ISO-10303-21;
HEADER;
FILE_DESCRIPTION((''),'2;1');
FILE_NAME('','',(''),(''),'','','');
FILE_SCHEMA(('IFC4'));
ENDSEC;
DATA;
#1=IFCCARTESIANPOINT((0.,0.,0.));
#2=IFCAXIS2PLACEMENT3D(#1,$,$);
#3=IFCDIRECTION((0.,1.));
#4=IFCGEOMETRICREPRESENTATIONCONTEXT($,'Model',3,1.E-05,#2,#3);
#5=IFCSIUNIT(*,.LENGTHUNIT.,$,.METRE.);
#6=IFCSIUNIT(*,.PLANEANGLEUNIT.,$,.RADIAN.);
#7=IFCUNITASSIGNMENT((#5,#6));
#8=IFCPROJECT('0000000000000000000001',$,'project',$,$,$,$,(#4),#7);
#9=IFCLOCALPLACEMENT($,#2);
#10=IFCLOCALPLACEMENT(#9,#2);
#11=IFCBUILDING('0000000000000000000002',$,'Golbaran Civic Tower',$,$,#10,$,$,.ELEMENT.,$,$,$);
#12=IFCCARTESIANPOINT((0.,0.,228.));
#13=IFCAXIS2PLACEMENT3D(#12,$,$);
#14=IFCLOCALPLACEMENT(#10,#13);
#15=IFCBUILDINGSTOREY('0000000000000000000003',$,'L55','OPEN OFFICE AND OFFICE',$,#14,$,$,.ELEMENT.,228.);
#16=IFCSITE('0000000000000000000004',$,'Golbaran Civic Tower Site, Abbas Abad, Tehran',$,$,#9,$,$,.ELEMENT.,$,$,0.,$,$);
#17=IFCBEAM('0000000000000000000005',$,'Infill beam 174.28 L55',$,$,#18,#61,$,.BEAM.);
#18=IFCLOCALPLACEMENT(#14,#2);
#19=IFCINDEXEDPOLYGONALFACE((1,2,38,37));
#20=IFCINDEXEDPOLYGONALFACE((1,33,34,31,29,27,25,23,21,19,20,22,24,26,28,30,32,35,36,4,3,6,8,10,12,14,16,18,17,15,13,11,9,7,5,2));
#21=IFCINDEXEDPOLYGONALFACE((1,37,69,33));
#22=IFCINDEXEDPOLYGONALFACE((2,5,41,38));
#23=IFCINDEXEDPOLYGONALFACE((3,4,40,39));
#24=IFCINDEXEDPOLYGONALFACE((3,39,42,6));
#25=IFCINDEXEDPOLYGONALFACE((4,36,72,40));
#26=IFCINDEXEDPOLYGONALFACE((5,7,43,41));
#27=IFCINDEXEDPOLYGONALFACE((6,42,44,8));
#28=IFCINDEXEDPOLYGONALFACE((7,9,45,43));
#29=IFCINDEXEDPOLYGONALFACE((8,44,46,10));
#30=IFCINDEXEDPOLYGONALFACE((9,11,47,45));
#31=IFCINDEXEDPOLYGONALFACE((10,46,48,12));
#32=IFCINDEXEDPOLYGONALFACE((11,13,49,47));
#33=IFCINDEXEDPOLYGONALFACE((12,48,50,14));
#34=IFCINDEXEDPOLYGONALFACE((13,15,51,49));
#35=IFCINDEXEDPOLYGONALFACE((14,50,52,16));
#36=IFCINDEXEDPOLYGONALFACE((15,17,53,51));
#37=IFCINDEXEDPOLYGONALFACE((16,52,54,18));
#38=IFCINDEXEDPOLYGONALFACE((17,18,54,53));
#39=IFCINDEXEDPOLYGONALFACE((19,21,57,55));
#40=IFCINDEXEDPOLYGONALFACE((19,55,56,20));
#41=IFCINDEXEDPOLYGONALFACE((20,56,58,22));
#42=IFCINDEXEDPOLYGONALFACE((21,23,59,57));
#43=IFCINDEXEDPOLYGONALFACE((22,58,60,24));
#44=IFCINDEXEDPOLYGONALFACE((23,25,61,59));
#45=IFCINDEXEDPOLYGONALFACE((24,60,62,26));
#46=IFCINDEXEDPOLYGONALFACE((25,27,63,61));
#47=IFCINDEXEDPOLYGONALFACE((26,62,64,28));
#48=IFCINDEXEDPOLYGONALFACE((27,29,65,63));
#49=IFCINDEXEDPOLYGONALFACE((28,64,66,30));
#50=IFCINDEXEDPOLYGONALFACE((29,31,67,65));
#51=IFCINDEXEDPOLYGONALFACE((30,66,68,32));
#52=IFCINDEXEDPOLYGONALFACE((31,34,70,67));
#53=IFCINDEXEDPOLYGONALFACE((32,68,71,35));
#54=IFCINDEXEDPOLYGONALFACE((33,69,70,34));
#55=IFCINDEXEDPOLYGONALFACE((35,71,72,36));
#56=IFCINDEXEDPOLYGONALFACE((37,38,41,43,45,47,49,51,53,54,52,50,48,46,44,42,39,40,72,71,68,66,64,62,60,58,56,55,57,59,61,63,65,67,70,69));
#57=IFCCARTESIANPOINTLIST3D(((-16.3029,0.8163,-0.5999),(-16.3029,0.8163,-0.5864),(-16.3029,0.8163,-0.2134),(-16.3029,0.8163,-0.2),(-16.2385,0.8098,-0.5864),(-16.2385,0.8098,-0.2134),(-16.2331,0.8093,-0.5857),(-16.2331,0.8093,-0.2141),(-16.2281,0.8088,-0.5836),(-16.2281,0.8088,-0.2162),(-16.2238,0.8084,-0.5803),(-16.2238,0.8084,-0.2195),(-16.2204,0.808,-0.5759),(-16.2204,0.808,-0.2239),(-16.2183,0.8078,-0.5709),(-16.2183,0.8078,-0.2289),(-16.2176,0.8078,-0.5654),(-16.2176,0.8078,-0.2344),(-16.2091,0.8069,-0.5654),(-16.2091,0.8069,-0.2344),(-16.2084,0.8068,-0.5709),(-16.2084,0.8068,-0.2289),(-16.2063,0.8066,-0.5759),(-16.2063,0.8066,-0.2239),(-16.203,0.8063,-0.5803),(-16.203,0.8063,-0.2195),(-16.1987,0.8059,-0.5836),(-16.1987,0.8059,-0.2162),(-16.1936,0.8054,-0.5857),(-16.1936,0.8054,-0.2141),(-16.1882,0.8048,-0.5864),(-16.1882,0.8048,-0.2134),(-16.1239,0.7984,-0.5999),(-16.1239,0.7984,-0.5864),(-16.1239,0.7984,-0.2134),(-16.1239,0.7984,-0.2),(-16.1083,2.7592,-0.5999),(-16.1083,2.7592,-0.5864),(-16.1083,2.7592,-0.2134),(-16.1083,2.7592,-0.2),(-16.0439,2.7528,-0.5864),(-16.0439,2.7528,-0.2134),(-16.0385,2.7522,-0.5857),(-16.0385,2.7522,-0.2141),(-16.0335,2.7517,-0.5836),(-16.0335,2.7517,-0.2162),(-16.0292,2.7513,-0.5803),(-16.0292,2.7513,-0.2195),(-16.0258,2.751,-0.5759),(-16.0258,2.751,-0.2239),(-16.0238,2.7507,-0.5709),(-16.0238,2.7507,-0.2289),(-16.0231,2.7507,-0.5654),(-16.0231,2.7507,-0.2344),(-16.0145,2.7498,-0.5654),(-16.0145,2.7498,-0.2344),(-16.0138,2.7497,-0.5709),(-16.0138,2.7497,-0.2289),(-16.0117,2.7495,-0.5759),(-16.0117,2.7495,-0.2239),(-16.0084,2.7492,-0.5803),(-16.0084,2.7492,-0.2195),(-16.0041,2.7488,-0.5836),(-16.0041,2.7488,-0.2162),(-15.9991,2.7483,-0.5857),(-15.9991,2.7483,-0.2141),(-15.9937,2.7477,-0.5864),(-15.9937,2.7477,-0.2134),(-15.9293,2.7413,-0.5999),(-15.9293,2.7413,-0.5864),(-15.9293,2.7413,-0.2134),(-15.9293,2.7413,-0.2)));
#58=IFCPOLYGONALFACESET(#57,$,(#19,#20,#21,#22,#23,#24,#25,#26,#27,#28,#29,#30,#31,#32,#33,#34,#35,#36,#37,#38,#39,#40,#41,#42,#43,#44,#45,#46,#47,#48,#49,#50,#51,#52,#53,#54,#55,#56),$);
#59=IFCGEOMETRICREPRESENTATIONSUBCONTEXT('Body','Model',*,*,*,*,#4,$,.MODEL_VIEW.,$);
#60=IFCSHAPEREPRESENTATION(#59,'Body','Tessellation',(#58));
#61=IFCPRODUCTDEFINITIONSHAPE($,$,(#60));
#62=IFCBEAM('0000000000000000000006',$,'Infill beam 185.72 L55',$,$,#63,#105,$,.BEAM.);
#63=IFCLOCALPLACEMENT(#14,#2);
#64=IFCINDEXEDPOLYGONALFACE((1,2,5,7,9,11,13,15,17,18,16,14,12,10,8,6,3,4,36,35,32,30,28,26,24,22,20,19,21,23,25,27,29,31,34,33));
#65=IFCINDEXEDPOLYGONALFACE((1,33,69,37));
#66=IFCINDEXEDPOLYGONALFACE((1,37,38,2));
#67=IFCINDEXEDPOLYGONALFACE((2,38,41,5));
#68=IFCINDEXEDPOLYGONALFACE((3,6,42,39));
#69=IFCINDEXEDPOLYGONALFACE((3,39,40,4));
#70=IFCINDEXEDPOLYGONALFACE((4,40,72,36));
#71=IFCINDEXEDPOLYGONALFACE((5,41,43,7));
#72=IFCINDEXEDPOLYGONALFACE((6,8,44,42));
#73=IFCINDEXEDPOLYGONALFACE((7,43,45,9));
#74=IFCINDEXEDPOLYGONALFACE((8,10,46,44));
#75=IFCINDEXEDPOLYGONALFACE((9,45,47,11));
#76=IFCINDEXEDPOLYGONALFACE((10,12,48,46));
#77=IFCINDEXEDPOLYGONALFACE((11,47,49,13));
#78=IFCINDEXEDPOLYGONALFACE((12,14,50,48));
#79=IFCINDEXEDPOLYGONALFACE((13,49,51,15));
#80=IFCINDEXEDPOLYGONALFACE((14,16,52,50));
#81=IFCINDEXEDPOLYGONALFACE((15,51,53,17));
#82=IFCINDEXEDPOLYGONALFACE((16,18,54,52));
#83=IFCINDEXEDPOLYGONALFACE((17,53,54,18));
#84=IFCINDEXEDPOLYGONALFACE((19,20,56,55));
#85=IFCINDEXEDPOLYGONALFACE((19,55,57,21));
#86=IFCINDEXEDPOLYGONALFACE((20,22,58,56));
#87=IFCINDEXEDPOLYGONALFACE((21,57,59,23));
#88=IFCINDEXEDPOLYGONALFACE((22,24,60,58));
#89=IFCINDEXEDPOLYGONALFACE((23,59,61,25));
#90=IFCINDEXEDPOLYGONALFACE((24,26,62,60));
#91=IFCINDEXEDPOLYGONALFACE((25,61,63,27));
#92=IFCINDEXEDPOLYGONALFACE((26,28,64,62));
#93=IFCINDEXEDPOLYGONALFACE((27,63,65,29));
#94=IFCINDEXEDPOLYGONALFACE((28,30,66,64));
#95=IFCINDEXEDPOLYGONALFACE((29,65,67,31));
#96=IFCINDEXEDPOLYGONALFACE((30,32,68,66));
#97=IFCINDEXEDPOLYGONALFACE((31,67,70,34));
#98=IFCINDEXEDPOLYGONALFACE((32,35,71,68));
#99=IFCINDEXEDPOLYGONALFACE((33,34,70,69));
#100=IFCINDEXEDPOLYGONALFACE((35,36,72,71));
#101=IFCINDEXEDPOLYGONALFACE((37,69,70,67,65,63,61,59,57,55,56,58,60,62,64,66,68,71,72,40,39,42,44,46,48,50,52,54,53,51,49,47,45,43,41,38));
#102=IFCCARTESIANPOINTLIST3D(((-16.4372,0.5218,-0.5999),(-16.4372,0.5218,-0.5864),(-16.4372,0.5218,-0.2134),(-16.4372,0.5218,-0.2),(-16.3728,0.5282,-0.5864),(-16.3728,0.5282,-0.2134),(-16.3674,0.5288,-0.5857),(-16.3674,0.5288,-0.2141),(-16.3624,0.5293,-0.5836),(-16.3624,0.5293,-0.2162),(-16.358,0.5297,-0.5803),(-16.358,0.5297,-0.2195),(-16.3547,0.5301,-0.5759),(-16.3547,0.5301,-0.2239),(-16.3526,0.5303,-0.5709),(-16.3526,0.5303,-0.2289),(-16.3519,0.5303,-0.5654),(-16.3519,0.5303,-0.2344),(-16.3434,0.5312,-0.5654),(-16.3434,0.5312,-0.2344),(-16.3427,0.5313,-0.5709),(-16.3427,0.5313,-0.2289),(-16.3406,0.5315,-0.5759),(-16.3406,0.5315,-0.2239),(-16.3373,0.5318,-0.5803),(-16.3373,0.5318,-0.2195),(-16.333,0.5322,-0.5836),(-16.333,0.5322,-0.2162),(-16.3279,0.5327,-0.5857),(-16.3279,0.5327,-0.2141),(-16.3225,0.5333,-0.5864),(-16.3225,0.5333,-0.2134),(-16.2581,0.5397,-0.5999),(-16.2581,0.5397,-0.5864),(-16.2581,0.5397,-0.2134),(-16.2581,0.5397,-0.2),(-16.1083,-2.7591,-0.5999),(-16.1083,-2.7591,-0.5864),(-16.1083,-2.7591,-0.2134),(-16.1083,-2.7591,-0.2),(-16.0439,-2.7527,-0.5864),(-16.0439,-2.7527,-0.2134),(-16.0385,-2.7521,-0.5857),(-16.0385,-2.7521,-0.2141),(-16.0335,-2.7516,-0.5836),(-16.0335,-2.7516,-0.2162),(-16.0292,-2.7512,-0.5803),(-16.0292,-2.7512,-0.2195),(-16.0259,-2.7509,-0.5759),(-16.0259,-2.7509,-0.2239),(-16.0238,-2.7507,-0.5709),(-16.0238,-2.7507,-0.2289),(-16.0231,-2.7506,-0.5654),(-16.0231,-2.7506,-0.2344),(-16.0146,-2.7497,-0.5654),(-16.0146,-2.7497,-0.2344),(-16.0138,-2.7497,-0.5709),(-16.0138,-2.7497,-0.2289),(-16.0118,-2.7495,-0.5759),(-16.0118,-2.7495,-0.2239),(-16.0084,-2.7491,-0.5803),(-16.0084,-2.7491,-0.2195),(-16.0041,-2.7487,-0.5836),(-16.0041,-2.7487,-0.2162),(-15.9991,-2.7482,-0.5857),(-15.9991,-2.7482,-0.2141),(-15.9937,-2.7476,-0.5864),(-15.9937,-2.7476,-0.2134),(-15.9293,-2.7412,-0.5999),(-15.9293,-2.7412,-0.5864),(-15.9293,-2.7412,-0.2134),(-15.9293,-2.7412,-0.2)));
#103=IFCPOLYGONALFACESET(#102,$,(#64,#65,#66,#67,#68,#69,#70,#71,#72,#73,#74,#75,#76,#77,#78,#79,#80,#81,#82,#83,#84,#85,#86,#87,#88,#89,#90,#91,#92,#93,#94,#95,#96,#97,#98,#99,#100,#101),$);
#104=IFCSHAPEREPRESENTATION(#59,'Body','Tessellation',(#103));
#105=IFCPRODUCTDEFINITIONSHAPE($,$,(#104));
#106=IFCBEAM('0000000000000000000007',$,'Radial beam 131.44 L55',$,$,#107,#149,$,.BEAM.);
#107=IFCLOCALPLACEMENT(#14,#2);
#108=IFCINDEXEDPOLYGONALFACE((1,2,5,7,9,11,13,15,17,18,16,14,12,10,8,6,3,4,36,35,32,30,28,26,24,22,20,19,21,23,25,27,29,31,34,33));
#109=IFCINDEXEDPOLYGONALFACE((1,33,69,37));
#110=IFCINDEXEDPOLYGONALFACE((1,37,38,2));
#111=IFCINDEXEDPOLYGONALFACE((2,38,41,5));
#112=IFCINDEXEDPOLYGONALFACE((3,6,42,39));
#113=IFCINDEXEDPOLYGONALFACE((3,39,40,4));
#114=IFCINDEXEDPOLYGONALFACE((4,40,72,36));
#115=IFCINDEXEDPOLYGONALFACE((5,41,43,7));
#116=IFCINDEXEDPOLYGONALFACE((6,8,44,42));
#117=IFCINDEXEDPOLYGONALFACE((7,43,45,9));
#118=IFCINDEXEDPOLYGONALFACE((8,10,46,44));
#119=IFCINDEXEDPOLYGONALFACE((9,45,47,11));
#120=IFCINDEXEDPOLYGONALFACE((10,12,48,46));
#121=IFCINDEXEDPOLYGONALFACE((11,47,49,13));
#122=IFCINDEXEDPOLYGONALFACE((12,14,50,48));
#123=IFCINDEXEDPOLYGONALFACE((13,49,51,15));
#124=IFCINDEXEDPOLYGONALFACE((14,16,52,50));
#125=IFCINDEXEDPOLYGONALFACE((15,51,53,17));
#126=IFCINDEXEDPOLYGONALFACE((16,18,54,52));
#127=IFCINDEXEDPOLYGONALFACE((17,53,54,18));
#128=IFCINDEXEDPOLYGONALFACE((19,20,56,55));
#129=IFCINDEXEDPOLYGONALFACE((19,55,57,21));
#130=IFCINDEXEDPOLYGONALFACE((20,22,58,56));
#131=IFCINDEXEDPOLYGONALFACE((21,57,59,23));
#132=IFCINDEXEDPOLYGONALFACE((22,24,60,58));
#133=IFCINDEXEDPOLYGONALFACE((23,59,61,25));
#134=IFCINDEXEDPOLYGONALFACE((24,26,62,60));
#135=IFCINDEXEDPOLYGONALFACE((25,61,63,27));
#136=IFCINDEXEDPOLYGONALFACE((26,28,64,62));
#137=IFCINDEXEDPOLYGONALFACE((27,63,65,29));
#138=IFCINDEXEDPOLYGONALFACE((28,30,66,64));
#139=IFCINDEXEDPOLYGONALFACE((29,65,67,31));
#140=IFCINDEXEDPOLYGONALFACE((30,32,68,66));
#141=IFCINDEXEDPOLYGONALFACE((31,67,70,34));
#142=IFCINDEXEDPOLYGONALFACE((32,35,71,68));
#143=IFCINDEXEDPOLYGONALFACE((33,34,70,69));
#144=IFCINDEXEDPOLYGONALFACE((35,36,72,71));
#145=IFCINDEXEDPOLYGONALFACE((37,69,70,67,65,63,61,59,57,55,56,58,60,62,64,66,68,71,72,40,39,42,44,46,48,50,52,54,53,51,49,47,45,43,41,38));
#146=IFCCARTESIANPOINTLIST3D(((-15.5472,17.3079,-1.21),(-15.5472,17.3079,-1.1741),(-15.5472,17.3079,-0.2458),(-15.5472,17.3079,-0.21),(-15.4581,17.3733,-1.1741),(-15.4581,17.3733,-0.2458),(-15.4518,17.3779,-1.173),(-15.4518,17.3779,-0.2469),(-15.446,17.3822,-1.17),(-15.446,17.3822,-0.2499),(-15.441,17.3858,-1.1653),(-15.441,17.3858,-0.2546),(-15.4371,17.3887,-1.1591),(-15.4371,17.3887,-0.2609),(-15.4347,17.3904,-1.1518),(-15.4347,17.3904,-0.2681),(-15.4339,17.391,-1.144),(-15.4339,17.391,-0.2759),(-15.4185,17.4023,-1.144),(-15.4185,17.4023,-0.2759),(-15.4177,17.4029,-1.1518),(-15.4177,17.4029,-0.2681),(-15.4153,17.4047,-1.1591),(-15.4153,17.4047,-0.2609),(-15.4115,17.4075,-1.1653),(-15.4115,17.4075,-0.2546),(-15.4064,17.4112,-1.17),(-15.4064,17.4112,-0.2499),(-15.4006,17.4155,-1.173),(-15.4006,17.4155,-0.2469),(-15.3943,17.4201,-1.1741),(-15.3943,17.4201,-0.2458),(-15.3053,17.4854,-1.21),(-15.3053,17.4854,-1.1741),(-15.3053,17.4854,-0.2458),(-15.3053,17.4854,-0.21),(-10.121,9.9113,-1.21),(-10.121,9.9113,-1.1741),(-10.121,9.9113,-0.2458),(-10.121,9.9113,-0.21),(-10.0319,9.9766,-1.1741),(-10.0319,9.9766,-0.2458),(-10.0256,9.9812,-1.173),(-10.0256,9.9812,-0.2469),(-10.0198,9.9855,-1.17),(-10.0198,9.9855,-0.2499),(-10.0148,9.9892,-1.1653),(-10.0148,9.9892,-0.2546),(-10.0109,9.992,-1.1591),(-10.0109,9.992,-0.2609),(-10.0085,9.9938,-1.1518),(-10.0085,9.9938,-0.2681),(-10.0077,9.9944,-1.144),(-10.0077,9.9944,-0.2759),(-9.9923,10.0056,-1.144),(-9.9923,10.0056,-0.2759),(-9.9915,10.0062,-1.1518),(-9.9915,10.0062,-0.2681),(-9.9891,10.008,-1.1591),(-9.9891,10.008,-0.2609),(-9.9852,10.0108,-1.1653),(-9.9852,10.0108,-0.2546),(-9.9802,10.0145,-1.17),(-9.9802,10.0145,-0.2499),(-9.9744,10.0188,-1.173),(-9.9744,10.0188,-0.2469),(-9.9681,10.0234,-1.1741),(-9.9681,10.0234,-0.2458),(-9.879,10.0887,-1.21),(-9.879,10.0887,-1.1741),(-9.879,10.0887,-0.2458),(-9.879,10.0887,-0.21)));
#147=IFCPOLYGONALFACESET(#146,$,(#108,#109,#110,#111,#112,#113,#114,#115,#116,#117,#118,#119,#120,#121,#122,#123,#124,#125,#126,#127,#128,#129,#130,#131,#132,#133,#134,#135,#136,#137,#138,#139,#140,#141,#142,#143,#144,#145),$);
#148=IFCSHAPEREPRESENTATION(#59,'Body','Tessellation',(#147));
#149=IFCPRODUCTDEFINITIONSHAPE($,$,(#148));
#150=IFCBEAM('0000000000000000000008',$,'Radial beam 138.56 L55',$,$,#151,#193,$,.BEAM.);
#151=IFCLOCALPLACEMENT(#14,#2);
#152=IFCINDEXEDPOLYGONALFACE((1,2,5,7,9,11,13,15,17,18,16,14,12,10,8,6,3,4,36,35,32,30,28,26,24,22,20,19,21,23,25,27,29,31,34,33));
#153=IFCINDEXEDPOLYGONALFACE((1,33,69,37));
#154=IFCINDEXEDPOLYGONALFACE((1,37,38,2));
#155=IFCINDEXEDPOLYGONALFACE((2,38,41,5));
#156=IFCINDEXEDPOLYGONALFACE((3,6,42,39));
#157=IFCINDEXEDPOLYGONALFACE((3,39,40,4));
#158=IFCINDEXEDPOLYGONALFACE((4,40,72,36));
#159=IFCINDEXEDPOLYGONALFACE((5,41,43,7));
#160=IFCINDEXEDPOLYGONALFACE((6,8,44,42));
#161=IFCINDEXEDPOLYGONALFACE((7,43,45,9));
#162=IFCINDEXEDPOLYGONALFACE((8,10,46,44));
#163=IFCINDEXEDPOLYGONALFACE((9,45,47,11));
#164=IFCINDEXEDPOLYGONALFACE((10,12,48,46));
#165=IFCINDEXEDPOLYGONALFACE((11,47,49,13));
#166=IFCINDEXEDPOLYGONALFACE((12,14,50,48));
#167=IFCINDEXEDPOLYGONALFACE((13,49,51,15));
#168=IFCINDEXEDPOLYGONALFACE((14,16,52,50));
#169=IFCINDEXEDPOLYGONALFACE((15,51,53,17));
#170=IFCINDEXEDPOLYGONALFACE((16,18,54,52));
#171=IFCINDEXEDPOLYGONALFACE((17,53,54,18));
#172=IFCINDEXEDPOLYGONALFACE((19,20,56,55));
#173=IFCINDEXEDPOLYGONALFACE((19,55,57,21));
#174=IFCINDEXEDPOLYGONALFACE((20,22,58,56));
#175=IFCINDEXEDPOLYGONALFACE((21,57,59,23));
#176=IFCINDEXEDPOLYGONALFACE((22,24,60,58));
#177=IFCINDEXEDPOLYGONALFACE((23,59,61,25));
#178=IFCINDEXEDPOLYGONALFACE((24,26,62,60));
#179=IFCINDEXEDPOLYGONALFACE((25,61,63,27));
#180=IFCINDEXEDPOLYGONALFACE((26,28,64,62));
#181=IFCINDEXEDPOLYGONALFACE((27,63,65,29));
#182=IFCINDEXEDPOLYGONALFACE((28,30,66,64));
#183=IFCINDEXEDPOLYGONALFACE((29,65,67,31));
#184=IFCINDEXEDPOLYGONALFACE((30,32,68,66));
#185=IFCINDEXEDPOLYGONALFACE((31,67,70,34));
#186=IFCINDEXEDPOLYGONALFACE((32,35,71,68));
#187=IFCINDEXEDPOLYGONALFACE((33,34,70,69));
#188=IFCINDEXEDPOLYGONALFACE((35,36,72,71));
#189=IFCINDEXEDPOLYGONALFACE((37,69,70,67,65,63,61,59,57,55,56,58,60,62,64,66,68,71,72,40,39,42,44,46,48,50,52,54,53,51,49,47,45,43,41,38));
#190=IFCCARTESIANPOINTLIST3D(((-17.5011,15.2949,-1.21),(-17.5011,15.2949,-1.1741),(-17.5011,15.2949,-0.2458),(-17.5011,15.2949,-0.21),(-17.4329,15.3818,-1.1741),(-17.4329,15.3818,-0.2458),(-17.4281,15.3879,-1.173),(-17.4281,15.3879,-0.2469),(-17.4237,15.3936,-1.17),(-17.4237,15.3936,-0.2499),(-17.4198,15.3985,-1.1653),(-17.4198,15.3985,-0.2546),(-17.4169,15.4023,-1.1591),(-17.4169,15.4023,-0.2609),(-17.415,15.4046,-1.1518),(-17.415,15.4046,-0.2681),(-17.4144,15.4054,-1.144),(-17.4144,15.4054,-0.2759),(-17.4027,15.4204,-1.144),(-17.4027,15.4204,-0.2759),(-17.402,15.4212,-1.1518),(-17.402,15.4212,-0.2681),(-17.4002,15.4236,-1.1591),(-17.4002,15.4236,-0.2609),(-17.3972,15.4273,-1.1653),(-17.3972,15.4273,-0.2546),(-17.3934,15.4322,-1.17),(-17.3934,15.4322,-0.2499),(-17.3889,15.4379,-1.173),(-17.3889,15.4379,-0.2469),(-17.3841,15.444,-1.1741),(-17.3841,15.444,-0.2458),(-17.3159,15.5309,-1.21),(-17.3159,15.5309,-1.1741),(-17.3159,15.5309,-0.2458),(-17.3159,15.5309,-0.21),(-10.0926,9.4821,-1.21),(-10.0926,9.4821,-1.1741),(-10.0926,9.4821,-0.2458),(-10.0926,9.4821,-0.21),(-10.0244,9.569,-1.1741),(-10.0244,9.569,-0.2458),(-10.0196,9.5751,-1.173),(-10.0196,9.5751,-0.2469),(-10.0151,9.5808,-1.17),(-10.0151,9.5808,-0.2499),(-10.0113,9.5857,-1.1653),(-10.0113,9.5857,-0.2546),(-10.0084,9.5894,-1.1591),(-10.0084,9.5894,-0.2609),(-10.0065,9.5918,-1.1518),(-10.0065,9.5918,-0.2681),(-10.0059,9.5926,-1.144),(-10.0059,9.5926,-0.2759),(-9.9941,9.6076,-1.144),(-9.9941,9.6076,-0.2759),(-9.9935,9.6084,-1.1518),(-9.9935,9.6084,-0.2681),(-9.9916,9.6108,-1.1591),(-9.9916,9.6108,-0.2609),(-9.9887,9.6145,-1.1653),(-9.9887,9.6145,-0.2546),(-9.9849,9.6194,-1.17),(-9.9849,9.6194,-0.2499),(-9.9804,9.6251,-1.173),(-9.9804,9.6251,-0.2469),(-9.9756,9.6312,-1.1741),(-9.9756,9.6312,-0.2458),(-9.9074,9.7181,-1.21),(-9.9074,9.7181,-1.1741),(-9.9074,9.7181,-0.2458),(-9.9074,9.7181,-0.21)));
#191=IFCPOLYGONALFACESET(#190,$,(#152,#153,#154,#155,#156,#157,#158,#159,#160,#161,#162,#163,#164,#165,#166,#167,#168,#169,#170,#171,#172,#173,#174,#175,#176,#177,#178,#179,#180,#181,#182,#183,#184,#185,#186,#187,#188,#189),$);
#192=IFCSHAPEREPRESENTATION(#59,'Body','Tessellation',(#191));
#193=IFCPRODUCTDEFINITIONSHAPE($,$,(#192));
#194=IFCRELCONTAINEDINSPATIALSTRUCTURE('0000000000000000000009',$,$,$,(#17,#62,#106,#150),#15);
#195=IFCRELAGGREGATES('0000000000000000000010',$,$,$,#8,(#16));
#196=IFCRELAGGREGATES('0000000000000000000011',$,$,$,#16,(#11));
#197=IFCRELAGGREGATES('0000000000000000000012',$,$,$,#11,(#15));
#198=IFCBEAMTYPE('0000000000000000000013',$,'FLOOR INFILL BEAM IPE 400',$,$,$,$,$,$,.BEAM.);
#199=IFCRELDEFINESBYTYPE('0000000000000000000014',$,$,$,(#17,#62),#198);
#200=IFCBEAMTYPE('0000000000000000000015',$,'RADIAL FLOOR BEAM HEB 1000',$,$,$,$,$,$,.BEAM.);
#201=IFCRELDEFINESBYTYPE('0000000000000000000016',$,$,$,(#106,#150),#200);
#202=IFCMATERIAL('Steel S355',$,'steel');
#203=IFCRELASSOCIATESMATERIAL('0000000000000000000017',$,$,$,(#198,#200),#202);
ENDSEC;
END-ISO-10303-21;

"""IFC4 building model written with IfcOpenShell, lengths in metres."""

from ifc_helpers import new_model, si_unit, direction, frame, origin, origin_2d, place, context, subcontext, project, spatial, i_section, extrude, material, material_profile, profile_set, type_object, element, save


model = new_model("IFC4")

# Units and contexts
model_context = context("Model", 3, precision=1e-05, world=origin(), true_north=direction((0.0, 1.0)))
body_context = subcontext(model_context, "Body", "Model", "MODEL_VIEW")
ifc_project = project(units=[si_unit("LENGTHUNIT", "METRE"), si_unit("PLANEANGLEUNIT", "RADIAN")], contexts=[model_context])

# Site, building, storey
site_placement = place(None, origin())
site = spatial("IfcSite", under=ifc_project, at=site_placement, Name="Golbaran Civic Tower Site, Abbas Abad, Tehran", CompositionType="ELEMENT", RefElevation=0.0)
building_placement = place(site_placement, origin())
building = spatial("IfcBuilding", under=site, at=building_placement, Name="Golbaran Civic Tower", CompositionType="ELEMENT")
storey_placement = place(building_placement, frame((0.0, 0.0, 228.0)))
storey = spatial("IfcBuildingStorey", under=building, at=storey_placement, Name="L55", Description="OPEN OFFICE AND OFFICE", CompositionType="ELEMENT", Elevation=228.0)

# Beams
ifc_material_1 = material(Name="Steel S355", Category="steel")
ifc_material_profile_1 = material_profile(ifc_material_1, i_section(OverallWidth=0.1799, OverallDepth=0.3999, WebThickness=0.0085, FlangeThickness=0.0134, FilletRadius=0.021, at=origin_2d()), Name="IPE 400")
ifc_profile_set_1 = profile_set([ifc_material_profile_1], Name="Steel S355")
beam_type_1 = type_object("IfcBeamType", Name="FLOOR INFILL BEAM IPE 400", PredefinedType="BEAM", material=ifc_profile_set_1)
beam_1_placement = place(storey_placement, frame((-16.0188, 2.7502, -0.3999), z_axis=(-0.099652, -0.995022, 0.0), x_axis=(0.995022, -0.099652, 0.0)))
element("IfcBeam", 1, at=beam_1_placement, inside=storey, type_object=beam_type_1, Name="Infill beam 174.28 L55", PredefinedType="BEAM", context=body_context, shape_type="SweptSolid", body=[
    extrude(i_section(OverallWidth=0.1799, OverallDepth=0.3999, WebThickness=0.0085, FlangeThickness=0.0134, FilletRadius=0.021, at=origin_2d()), origin(), (0.0, 0.0, 1.0), 1.9526),
])
beam_2_placement = place(storey_placement, frame((-16.3477, 0.5308, -0.3999), z_axis=(0.099731, -0.995014, 0.0), x_axis=(0.995014, 0.099731, 0.0)))
element("IfcBeam", 2, at=beam_2_placement, inside=storey, type_object=beam_type_1, Name="Infill beam 185.72 L55", PredefinedType="BEAM", context=body_context, shape_type="SweptSolid", body=[
    extrude(i_section(OverallWidth=0.1799, OverallDepth=0.3999, WebThickness=0.0085, FlangeThickness=0.0134, FilletRadius=0.021, at=origin_2d()), origin(), (0.0, 0.0, 1.0), 3.2974),
])
ifc_material_profile_2 = material_profile(ifc_material_1, i_section(OverallWidth=0.3, OverallDepth=1.0, WebThickness=0.019, FlangeThickness=0.0359, FilletRadius=0.03, at=origin_2d()), Name="HEB 1000")
ifc_profile_set_2 = profile_set([ifc_material_profile_2], Name="Steel S355")
beam_type_2 = type_object("IfcBeamType", Name="RADIAL FLOOR BEAM HEB 1000", PredefinedType="BEAM", material=ifc_profile_set_2)
beam_3_placement = place(storey_placement, frame((-10.0, 10.0, -0.71), z_axis=(-0.591506, 0.806301, 0.0), x_axis=(-0.806301, -0.591506, 0.0)))
element("IfcBeam", 3, at=beam_3_placement, inside=storey, type_object=beam_type_2, Name="Radial beam 131.44 L55", PredefinedType="BEAM", context=body_context, shape_type="SweptSolid", body=[
    extrude(i_section(OverallWidth=0.3, OverallDepth=1.0, WebThickness=0.019, FlangeThickness=0.0359, FilletRadius=0.03, at=origin_2d()), origin(), (0.0, 0.0, 1.0), 9.1736),
])
beam_4_placement = place(storey_placement, frame((-10.0, 9.6001, -0.71), z_axis=(-0.78674, 0.617284, 0.0), x_axis=(-0.617284, -0.78674, 0.0)))
element("IfcBeam", 4, at=beam_4_placement, inside=storey, type_object=beam_type_2, Name="Radial beam 138.56 L55", PredefinedType="BEAM", context=body_context, shape_type="SweptSolid", body=[
    extrude(i_section(OverallWidth=0.3, OverallDepth=1.0, WebThickness=0.019, FlangeThickness=0.0359, FilletRadius=0.03, at=origin_2d()), origin(), (0.0, 0.0, 1.0), 9.4167),
])

save(model, "model.ifc")
